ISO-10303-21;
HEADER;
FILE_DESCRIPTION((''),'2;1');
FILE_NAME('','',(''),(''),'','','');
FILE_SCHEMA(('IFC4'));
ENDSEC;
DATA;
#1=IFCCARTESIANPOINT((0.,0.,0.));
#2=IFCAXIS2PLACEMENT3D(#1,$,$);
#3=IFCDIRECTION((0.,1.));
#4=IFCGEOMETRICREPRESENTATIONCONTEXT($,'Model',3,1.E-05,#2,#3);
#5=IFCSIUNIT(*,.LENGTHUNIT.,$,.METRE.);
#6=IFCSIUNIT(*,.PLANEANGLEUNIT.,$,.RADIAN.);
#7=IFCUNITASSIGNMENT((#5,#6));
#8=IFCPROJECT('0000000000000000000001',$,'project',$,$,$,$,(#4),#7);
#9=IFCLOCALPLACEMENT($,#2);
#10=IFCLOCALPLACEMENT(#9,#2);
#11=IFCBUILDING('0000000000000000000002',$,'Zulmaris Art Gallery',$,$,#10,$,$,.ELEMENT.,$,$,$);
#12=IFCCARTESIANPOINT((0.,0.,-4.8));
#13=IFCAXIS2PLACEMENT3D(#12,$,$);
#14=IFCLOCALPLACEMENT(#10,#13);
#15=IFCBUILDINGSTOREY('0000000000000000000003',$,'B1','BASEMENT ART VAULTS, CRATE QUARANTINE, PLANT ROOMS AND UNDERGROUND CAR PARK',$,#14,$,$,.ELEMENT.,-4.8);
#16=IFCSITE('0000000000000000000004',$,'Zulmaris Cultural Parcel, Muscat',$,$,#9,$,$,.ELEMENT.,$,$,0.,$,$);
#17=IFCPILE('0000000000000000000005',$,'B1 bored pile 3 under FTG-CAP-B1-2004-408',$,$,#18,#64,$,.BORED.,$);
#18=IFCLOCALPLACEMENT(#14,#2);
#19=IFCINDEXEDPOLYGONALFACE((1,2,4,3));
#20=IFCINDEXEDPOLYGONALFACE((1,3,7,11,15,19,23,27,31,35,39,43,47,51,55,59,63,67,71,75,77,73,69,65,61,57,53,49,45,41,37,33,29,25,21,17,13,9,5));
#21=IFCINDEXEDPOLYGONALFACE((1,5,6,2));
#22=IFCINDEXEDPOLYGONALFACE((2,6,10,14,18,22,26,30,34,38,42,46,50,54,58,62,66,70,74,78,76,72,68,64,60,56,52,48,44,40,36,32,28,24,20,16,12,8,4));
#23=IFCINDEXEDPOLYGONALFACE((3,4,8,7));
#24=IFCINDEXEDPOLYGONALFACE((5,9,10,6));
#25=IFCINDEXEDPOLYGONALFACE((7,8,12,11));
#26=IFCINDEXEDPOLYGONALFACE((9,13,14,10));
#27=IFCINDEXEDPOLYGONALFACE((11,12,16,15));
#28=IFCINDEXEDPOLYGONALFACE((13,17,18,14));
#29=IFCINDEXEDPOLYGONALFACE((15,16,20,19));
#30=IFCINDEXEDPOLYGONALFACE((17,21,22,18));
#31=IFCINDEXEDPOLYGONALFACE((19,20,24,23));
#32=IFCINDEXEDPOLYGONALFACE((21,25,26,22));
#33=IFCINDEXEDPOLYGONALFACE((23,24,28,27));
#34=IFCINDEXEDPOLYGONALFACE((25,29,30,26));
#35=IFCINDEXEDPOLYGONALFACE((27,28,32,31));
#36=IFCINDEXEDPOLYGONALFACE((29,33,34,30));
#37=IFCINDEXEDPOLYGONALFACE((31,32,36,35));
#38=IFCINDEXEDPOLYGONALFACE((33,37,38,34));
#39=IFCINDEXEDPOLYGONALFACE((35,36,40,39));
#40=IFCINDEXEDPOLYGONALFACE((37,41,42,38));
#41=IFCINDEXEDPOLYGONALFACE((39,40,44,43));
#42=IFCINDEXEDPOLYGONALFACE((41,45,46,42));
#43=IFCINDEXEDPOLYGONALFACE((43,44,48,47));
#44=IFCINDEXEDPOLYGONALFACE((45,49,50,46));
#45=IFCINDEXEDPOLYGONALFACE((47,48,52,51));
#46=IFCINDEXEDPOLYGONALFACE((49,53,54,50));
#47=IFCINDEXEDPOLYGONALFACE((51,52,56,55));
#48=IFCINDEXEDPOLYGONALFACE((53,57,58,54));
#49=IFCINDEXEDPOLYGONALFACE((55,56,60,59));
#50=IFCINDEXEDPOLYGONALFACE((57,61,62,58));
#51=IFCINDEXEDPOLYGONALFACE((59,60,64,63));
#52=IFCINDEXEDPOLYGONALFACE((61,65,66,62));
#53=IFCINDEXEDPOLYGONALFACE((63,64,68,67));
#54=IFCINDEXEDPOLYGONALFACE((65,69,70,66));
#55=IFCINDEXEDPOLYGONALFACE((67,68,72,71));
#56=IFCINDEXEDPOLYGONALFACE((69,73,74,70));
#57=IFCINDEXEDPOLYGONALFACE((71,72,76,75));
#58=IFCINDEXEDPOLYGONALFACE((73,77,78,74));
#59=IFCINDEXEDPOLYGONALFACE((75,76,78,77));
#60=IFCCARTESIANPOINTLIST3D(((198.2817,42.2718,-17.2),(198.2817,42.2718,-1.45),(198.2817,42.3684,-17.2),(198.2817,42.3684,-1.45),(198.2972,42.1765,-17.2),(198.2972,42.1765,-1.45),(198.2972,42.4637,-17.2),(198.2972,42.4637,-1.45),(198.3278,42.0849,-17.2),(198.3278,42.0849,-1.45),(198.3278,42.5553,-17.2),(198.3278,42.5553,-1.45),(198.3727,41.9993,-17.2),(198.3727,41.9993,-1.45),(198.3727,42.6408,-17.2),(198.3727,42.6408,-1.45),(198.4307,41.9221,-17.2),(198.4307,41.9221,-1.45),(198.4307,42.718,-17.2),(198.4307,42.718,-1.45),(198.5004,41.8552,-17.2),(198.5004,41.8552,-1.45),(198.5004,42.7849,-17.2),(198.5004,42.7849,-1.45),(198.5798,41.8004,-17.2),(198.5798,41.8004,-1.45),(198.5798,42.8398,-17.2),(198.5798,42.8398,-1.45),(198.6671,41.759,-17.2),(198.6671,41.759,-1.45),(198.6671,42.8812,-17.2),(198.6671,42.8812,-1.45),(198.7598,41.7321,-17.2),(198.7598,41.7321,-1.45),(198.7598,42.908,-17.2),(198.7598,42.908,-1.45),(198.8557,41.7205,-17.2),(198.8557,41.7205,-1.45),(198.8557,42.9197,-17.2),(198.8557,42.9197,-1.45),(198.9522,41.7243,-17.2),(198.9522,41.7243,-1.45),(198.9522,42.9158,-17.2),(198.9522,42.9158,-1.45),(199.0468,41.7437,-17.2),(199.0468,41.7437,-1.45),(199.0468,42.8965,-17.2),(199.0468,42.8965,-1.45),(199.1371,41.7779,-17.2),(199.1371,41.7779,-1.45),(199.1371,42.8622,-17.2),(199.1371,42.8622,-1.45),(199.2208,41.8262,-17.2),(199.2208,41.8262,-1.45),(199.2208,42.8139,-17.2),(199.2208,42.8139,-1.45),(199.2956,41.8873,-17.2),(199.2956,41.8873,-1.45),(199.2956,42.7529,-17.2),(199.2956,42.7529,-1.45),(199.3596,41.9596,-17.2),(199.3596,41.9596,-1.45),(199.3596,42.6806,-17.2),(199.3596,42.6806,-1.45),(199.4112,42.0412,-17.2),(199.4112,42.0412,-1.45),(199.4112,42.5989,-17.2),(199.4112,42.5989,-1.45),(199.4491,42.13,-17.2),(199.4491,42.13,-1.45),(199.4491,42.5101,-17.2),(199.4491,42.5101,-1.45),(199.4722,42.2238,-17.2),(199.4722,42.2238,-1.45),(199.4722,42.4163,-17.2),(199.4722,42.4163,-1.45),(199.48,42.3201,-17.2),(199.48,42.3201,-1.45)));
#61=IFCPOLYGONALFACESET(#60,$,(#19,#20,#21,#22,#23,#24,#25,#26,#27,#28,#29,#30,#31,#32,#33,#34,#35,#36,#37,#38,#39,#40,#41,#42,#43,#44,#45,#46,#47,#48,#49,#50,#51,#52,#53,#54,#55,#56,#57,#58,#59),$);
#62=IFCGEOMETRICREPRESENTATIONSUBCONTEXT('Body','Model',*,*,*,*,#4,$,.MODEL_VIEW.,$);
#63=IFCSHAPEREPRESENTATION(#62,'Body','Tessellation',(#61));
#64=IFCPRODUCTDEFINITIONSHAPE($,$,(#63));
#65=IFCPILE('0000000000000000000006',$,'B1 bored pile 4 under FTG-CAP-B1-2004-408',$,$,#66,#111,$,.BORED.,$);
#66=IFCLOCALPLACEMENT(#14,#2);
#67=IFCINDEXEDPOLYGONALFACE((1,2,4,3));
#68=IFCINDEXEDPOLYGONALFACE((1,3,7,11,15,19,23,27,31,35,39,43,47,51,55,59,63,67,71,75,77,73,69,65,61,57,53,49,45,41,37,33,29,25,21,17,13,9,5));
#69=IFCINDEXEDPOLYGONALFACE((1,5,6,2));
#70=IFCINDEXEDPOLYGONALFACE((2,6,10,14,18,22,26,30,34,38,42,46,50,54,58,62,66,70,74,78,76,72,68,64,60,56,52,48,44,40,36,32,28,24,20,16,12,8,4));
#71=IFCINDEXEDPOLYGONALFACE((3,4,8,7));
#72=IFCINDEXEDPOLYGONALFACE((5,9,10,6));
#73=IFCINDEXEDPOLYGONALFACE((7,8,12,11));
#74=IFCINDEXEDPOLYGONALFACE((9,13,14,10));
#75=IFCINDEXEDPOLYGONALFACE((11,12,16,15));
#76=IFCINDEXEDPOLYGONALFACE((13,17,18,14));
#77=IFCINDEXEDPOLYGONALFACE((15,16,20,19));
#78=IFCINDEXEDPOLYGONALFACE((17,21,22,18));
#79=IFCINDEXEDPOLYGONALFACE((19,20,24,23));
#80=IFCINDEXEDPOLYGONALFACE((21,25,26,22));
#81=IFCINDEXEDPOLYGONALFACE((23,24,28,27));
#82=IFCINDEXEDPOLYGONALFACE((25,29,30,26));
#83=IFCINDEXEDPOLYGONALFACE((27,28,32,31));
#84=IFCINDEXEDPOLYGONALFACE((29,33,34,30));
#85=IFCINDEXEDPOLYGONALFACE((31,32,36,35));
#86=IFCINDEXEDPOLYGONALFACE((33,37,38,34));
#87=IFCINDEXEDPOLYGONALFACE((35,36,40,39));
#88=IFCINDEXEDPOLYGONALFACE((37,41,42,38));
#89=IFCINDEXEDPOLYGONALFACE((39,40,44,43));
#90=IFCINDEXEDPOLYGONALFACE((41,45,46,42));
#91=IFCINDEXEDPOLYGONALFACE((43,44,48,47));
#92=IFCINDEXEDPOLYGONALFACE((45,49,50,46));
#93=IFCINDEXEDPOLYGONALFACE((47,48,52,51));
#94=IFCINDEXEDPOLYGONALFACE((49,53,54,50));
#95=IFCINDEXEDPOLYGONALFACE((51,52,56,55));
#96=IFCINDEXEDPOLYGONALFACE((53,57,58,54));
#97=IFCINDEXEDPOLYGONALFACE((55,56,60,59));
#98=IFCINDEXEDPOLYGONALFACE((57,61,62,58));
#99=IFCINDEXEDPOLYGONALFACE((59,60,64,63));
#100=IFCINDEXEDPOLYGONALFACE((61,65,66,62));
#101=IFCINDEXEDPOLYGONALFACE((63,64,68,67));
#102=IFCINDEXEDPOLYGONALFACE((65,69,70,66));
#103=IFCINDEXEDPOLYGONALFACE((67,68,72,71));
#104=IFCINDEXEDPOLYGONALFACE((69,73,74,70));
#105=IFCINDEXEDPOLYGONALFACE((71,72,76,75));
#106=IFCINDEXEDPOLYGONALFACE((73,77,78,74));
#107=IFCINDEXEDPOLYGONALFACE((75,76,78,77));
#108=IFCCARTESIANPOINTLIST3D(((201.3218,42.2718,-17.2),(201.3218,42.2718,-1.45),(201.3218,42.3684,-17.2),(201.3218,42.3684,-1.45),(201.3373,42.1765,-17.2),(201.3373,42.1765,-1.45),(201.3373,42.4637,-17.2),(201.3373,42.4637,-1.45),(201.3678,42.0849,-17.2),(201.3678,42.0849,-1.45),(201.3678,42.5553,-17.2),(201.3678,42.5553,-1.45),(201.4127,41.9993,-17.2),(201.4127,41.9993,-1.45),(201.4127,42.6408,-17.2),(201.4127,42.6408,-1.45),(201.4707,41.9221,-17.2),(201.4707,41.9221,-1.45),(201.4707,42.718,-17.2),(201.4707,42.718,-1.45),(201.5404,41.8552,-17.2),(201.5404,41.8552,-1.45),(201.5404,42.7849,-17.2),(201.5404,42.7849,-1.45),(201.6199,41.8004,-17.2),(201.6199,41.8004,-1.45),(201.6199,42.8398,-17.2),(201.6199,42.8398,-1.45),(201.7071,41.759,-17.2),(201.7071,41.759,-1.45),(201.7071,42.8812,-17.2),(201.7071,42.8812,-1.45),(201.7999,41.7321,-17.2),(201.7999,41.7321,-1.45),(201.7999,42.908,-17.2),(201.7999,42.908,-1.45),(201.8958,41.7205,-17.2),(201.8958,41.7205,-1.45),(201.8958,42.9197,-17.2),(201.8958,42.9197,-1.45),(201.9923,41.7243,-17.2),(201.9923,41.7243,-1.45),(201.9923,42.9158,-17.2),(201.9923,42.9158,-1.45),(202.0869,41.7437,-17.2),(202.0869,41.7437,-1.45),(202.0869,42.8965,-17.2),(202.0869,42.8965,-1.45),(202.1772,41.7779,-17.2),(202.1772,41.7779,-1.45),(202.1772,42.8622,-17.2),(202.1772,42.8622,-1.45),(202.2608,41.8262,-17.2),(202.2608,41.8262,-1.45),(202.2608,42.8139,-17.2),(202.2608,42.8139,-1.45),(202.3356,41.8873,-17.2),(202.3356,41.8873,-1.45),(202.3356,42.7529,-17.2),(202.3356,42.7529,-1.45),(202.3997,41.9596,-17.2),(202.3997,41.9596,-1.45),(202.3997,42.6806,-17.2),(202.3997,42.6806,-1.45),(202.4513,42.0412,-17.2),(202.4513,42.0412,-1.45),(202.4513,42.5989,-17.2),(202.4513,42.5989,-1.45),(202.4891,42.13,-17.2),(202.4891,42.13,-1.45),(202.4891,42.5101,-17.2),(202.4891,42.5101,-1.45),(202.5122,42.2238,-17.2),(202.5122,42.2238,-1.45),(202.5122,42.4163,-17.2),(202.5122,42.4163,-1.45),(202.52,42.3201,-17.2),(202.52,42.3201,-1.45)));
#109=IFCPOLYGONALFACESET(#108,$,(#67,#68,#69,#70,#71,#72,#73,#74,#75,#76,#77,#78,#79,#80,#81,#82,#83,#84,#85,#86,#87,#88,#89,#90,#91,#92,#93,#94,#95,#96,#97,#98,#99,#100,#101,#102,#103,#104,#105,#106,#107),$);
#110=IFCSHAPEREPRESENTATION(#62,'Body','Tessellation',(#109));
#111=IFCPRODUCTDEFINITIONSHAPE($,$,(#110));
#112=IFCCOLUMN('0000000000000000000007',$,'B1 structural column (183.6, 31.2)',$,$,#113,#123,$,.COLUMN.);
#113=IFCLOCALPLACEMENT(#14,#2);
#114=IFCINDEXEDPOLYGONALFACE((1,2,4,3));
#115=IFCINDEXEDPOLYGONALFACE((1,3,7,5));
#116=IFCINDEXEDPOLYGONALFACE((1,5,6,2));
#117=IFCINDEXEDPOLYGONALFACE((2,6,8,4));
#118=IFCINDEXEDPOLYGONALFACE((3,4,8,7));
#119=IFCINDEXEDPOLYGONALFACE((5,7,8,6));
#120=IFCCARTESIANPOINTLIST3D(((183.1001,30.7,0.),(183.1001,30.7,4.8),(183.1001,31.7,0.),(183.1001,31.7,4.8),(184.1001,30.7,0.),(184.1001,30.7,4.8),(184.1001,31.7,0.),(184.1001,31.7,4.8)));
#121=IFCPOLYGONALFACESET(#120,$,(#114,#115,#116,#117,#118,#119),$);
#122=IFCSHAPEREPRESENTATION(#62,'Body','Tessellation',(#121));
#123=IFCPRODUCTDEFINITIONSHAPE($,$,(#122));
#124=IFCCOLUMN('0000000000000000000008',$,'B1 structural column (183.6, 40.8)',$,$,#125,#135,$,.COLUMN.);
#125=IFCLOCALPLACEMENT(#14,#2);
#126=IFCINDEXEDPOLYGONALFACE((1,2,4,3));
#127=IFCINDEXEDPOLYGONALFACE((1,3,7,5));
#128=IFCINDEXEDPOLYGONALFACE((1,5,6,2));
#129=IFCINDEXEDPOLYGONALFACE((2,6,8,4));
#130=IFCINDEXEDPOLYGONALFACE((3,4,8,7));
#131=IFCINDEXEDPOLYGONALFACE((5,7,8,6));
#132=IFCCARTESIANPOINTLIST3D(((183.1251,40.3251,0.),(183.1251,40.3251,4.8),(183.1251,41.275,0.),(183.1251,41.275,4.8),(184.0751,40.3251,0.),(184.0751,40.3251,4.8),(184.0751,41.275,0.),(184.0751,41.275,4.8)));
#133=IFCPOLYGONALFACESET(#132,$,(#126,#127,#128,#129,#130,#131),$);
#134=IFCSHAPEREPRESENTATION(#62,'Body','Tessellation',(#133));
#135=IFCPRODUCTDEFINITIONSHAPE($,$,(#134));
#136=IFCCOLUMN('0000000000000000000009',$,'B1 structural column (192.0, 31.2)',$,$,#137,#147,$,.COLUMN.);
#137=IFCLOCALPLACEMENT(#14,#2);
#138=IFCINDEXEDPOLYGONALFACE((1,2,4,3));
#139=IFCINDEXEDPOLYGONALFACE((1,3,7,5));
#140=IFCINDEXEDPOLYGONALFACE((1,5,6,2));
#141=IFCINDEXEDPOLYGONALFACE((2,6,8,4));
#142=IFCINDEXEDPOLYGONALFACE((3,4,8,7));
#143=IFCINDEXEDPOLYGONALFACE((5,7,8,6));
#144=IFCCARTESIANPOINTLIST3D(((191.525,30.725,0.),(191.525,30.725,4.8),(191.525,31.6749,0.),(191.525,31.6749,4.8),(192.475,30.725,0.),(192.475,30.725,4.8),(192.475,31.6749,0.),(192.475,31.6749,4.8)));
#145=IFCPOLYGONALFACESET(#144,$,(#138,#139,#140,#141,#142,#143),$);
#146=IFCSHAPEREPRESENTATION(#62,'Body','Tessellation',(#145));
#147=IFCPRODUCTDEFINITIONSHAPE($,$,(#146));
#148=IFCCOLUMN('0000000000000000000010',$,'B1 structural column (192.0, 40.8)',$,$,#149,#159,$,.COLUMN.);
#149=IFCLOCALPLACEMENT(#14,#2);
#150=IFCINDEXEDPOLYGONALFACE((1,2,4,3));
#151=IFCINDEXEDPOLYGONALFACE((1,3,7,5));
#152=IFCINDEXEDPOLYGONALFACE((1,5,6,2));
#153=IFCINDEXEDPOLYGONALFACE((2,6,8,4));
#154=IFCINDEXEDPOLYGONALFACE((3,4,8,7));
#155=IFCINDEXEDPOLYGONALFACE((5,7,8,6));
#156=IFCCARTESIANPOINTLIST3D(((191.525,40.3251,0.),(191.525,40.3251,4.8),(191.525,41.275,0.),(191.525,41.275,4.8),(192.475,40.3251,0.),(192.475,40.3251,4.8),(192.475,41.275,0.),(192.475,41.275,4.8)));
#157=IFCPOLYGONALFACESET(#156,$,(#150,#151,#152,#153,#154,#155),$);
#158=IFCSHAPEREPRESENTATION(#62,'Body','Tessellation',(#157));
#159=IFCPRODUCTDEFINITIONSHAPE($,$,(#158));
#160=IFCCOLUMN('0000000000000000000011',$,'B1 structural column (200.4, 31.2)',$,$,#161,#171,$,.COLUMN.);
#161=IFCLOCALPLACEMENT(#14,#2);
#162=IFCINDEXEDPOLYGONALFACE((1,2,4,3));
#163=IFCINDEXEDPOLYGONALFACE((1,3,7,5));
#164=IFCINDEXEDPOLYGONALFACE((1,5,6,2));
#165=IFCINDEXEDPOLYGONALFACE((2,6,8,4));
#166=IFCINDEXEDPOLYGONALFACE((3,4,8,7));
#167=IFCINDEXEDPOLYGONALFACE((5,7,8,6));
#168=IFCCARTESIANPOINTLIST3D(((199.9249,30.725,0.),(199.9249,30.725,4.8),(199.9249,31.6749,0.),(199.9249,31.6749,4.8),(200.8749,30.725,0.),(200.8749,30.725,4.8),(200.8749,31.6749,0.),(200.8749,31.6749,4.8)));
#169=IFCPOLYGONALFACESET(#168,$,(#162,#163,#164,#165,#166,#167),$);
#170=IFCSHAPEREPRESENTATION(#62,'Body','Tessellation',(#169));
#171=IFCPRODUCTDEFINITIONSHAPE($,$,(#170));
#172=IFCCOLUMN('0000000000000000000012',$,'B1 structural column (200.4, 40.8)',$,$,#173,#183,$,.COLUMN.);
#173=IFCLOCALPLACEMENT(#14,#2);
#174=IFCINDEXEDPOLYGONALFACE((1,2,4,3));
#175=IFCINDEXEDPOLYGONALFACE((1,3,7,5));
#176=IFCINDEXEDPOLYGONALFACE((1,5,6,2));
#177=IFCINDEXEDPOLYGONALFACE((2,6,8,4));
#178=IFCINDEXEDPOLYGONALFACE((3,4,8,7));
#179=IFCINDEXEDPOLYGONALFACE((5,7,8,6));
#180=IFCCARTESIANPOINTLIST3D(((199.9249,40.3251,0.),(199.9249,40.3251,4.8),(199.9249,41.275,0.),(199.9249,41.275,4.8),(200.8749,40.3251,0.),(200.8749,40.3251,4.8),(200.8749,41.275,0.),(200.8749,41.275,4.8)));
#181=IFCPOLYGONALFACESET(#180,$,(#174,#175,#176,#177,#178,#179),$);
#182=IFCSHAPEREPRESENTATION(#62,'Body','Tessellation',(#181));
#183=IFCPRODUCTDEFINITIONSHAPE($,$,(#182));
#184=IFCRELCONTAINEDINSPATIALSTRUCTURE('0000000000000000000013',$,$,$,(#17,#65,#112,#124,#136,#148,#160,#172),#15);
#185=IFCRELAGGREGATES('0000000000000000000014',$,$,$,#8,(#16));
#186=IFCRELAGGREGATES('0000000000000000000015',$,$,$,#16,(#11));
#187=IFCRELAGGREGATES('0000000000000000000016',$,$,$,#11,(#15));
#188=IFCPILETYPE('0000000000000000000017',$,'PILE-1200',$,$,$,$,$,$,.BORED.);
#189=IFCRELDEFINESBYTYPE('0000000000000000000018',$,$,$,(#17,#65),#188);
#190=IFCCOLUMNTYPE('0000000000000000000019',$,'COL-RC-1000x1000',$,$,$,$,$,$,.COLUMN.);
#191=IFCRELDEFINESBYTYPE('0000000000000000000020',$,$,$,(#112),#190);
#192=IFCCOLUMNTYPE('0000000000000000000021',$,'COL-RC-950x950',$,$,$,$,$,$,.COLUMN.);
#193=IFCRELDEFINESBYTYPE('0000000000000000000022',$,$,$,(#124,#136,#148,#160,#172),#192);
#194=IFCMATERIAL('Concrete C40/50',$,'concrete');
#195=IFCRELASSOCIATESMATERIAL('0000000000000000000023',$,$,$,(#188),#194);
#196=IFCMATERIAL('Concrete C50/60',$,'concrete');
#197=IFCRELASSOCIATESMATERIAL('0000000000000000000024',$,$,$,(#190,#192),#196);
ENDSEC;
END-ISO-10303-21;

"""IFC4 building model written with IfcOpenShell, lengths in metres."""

from ifc_helpers import new_model, si_unit, direction, frame, origin, origin_2d, place, context, subcontext, project, spatial, rectangle, circle, extrude, material, material_profile, profile_set, type_object, element, save


model = new_model("IFC4")

# Units and contexts
model_context = context("Model", 3, precision=1e-05, world=origin(), true_north=direction((0.0, 1.0)))
body_context = subcontext(model_context, "Body", "Model", "MODEL_VIEW")
ifc_project = project(units=[si_unit("LENGTHUNIT", "METRE"), si_unit("PLANEANGLEUNIT", "RADIAN")], contexts=[model_context])

# Site, building, storey
site_placement = place(None, origin())
site = spatial("IfcSite", under=ifc_project, at=site_placement, Name="Zulmaris Cultural Parcel, Muscat", CompositionType="ELEMENT", RefElevation=0.0)
building_placement = place(site_placement, origin())
building = spatial("IfcBuilding", under=site, at=building_placement, Name="Zulmaris Art Gallery", CompositionType="ELEMENT")
storey_placement = place(building_placement, frame((0.0, 0.0, -4.8)))
storey = spatial("IfcBuildingStorey", under=building, at=storey_placement, Name="B1", Description="BASEMENT ART VAULTS, CRATE QUARANTINE, PLANT ROOMS AND UNDERGROUND CAR PARK", CompositionType="ELEMENT", Elevation=-4.8)

# Piles
ifc_material_1 = material(Name="Concrete C40/50", Category="concrete")
ifc_material_profile_1 = material_profile(ifc_material_1, circle(Radius=0.6001, at=origin_2d()), Name="PILE DIA 1200")
ifc_profile_set_1 = profile_set([ifc_material_profile_1], Name="Concrete C40/50")
pile_type = type_object("IfcPileType", Name="PILE-1200", PredefinedType="BORED", material=ifc_profile_set_1)
for number, where, z_axis, x_axis, name in (
    (1, (198.8799, 42.3201, -1.45), (0.0, 0.0, -1.0), (1.0, 0.0, 0.0), "B1 bored pile 3 under FTG-CAP-B1-2004-408"),
    (2, (201.9199, 42.3201, -1.45), (0.0, 0.0, -1.0), (1.0, 0.0, 0.0), "B1 bored pile 4 under FTG-CAP-B1-2004-408"),
):
    element("IfcPile", number, at=place(storey_placement, frame(where, z_axis=z_axis, x_axis=x_axis)), inside=storey, type_object=pile_type, Name=name, PredefinedType="BORED", context=body_context, shape_type="SweptSolid", body=[
        extrude(circle(Radius=0.6001, at=origin_2d()), origin(), (0.0, 0.0, 1.0), 15.75),
    ])

# Columns
ifc_material_2 = material(Name="Concrete C50/60", Category="concrete")
ifc_material_profile_2 = material_profile(ifc_material_2, rectangle(XDim=1.0, YDim=1.0, at=origin_2d()), Name="RC 1000x1000")
ifc_profile_set_2 = profile_set([ifc_material_profile_2], Name="Concrete C50/60")
column_type_1 = type_object("IfcColumnType", Name="COL-RC-1000x1000", PredefinedType="COLUMN", material=ifc_profile_set_2)
column_placement = place(storey_placement, frame((183.6001, 31.2, 0.0), z_axis=(0.0, 0.0, 1.0), x_axis=(1.0, 0.0, 0.0)))
element("IfcColumn", 3, at=column_placement, inside=storey, type_object=column_type_1, Name="B1 structural column (183.6, 31.2)", PredefinedType="COLUMN", context=body_context, shape_type="SweptSolid", body=[
    extrude(rectangle(XDim=1.0, YDim=1.0, at=origin_2d()), origin(), (0.0, 0.0, 1.0), 4.8),
])
ifc_material_profile_3 = material_profile(ifc_material_2, rectangle(XDim=0.95, YDim=0.95, at=origin_2d()), Name="RC 950x950")
ifc_profile_set_3 = profile_set([ifc_material_profile_3], Name="Concrete C50/60")
column_type_2 = type_object("IfcColumnType", Name="COL-RC-950x950", PredefinedType="COLUMN", material=ifc_profile_set_3)
for number, where, z_axis, x_axis, name in (
    (4, (183.6001, 40.8, 0.0), (0.0, 0.0, 1.0), (1.0, 0.0, 0.0), "B1 structural column (183.6, 40.8)"),
    (5, (192.0, 31.2, 0.0), (0.0, 0.0, 1.0), (1.0, 0.0, 0.0), "B1 structural column (192.0, 31.2)"),
    (6, (192.0, 40.8, 0.0), (0.0, 0.0, 1.0), (1.0, 0.0, 0.0), "B1 structural column (192.0, 40.8)"),
    (7, (200.3999, 31.2, 0.0), (0.0, 0.0, 1.0), (1.0, 0.0, 0.0), "B1 structural column (200.4, 31.2)"),
    (8, (200.3999, 40.8, 0.0), (0.0, 0.0, 1.0), (1.0, 0.0, 0.0), "B1 structural column (200.4, 40.8)"),
):
    element("IfcColumn", number, at=place(storey_placement, frame(where, z_axis=z_axis, x_axis=x_axis)), inside=storey, type_object=column_type_2, Name=name, PredefinedType="COLUMN", context=body_context, shape_type="SweptSolid", body=[
        extrude(rectangle(XDim=0.95, YDim=0.95, at=origin_2d()), origin(), (0.0, 0.0, 1.0), 4.8),
    ])

save(model, "model.ifc")
